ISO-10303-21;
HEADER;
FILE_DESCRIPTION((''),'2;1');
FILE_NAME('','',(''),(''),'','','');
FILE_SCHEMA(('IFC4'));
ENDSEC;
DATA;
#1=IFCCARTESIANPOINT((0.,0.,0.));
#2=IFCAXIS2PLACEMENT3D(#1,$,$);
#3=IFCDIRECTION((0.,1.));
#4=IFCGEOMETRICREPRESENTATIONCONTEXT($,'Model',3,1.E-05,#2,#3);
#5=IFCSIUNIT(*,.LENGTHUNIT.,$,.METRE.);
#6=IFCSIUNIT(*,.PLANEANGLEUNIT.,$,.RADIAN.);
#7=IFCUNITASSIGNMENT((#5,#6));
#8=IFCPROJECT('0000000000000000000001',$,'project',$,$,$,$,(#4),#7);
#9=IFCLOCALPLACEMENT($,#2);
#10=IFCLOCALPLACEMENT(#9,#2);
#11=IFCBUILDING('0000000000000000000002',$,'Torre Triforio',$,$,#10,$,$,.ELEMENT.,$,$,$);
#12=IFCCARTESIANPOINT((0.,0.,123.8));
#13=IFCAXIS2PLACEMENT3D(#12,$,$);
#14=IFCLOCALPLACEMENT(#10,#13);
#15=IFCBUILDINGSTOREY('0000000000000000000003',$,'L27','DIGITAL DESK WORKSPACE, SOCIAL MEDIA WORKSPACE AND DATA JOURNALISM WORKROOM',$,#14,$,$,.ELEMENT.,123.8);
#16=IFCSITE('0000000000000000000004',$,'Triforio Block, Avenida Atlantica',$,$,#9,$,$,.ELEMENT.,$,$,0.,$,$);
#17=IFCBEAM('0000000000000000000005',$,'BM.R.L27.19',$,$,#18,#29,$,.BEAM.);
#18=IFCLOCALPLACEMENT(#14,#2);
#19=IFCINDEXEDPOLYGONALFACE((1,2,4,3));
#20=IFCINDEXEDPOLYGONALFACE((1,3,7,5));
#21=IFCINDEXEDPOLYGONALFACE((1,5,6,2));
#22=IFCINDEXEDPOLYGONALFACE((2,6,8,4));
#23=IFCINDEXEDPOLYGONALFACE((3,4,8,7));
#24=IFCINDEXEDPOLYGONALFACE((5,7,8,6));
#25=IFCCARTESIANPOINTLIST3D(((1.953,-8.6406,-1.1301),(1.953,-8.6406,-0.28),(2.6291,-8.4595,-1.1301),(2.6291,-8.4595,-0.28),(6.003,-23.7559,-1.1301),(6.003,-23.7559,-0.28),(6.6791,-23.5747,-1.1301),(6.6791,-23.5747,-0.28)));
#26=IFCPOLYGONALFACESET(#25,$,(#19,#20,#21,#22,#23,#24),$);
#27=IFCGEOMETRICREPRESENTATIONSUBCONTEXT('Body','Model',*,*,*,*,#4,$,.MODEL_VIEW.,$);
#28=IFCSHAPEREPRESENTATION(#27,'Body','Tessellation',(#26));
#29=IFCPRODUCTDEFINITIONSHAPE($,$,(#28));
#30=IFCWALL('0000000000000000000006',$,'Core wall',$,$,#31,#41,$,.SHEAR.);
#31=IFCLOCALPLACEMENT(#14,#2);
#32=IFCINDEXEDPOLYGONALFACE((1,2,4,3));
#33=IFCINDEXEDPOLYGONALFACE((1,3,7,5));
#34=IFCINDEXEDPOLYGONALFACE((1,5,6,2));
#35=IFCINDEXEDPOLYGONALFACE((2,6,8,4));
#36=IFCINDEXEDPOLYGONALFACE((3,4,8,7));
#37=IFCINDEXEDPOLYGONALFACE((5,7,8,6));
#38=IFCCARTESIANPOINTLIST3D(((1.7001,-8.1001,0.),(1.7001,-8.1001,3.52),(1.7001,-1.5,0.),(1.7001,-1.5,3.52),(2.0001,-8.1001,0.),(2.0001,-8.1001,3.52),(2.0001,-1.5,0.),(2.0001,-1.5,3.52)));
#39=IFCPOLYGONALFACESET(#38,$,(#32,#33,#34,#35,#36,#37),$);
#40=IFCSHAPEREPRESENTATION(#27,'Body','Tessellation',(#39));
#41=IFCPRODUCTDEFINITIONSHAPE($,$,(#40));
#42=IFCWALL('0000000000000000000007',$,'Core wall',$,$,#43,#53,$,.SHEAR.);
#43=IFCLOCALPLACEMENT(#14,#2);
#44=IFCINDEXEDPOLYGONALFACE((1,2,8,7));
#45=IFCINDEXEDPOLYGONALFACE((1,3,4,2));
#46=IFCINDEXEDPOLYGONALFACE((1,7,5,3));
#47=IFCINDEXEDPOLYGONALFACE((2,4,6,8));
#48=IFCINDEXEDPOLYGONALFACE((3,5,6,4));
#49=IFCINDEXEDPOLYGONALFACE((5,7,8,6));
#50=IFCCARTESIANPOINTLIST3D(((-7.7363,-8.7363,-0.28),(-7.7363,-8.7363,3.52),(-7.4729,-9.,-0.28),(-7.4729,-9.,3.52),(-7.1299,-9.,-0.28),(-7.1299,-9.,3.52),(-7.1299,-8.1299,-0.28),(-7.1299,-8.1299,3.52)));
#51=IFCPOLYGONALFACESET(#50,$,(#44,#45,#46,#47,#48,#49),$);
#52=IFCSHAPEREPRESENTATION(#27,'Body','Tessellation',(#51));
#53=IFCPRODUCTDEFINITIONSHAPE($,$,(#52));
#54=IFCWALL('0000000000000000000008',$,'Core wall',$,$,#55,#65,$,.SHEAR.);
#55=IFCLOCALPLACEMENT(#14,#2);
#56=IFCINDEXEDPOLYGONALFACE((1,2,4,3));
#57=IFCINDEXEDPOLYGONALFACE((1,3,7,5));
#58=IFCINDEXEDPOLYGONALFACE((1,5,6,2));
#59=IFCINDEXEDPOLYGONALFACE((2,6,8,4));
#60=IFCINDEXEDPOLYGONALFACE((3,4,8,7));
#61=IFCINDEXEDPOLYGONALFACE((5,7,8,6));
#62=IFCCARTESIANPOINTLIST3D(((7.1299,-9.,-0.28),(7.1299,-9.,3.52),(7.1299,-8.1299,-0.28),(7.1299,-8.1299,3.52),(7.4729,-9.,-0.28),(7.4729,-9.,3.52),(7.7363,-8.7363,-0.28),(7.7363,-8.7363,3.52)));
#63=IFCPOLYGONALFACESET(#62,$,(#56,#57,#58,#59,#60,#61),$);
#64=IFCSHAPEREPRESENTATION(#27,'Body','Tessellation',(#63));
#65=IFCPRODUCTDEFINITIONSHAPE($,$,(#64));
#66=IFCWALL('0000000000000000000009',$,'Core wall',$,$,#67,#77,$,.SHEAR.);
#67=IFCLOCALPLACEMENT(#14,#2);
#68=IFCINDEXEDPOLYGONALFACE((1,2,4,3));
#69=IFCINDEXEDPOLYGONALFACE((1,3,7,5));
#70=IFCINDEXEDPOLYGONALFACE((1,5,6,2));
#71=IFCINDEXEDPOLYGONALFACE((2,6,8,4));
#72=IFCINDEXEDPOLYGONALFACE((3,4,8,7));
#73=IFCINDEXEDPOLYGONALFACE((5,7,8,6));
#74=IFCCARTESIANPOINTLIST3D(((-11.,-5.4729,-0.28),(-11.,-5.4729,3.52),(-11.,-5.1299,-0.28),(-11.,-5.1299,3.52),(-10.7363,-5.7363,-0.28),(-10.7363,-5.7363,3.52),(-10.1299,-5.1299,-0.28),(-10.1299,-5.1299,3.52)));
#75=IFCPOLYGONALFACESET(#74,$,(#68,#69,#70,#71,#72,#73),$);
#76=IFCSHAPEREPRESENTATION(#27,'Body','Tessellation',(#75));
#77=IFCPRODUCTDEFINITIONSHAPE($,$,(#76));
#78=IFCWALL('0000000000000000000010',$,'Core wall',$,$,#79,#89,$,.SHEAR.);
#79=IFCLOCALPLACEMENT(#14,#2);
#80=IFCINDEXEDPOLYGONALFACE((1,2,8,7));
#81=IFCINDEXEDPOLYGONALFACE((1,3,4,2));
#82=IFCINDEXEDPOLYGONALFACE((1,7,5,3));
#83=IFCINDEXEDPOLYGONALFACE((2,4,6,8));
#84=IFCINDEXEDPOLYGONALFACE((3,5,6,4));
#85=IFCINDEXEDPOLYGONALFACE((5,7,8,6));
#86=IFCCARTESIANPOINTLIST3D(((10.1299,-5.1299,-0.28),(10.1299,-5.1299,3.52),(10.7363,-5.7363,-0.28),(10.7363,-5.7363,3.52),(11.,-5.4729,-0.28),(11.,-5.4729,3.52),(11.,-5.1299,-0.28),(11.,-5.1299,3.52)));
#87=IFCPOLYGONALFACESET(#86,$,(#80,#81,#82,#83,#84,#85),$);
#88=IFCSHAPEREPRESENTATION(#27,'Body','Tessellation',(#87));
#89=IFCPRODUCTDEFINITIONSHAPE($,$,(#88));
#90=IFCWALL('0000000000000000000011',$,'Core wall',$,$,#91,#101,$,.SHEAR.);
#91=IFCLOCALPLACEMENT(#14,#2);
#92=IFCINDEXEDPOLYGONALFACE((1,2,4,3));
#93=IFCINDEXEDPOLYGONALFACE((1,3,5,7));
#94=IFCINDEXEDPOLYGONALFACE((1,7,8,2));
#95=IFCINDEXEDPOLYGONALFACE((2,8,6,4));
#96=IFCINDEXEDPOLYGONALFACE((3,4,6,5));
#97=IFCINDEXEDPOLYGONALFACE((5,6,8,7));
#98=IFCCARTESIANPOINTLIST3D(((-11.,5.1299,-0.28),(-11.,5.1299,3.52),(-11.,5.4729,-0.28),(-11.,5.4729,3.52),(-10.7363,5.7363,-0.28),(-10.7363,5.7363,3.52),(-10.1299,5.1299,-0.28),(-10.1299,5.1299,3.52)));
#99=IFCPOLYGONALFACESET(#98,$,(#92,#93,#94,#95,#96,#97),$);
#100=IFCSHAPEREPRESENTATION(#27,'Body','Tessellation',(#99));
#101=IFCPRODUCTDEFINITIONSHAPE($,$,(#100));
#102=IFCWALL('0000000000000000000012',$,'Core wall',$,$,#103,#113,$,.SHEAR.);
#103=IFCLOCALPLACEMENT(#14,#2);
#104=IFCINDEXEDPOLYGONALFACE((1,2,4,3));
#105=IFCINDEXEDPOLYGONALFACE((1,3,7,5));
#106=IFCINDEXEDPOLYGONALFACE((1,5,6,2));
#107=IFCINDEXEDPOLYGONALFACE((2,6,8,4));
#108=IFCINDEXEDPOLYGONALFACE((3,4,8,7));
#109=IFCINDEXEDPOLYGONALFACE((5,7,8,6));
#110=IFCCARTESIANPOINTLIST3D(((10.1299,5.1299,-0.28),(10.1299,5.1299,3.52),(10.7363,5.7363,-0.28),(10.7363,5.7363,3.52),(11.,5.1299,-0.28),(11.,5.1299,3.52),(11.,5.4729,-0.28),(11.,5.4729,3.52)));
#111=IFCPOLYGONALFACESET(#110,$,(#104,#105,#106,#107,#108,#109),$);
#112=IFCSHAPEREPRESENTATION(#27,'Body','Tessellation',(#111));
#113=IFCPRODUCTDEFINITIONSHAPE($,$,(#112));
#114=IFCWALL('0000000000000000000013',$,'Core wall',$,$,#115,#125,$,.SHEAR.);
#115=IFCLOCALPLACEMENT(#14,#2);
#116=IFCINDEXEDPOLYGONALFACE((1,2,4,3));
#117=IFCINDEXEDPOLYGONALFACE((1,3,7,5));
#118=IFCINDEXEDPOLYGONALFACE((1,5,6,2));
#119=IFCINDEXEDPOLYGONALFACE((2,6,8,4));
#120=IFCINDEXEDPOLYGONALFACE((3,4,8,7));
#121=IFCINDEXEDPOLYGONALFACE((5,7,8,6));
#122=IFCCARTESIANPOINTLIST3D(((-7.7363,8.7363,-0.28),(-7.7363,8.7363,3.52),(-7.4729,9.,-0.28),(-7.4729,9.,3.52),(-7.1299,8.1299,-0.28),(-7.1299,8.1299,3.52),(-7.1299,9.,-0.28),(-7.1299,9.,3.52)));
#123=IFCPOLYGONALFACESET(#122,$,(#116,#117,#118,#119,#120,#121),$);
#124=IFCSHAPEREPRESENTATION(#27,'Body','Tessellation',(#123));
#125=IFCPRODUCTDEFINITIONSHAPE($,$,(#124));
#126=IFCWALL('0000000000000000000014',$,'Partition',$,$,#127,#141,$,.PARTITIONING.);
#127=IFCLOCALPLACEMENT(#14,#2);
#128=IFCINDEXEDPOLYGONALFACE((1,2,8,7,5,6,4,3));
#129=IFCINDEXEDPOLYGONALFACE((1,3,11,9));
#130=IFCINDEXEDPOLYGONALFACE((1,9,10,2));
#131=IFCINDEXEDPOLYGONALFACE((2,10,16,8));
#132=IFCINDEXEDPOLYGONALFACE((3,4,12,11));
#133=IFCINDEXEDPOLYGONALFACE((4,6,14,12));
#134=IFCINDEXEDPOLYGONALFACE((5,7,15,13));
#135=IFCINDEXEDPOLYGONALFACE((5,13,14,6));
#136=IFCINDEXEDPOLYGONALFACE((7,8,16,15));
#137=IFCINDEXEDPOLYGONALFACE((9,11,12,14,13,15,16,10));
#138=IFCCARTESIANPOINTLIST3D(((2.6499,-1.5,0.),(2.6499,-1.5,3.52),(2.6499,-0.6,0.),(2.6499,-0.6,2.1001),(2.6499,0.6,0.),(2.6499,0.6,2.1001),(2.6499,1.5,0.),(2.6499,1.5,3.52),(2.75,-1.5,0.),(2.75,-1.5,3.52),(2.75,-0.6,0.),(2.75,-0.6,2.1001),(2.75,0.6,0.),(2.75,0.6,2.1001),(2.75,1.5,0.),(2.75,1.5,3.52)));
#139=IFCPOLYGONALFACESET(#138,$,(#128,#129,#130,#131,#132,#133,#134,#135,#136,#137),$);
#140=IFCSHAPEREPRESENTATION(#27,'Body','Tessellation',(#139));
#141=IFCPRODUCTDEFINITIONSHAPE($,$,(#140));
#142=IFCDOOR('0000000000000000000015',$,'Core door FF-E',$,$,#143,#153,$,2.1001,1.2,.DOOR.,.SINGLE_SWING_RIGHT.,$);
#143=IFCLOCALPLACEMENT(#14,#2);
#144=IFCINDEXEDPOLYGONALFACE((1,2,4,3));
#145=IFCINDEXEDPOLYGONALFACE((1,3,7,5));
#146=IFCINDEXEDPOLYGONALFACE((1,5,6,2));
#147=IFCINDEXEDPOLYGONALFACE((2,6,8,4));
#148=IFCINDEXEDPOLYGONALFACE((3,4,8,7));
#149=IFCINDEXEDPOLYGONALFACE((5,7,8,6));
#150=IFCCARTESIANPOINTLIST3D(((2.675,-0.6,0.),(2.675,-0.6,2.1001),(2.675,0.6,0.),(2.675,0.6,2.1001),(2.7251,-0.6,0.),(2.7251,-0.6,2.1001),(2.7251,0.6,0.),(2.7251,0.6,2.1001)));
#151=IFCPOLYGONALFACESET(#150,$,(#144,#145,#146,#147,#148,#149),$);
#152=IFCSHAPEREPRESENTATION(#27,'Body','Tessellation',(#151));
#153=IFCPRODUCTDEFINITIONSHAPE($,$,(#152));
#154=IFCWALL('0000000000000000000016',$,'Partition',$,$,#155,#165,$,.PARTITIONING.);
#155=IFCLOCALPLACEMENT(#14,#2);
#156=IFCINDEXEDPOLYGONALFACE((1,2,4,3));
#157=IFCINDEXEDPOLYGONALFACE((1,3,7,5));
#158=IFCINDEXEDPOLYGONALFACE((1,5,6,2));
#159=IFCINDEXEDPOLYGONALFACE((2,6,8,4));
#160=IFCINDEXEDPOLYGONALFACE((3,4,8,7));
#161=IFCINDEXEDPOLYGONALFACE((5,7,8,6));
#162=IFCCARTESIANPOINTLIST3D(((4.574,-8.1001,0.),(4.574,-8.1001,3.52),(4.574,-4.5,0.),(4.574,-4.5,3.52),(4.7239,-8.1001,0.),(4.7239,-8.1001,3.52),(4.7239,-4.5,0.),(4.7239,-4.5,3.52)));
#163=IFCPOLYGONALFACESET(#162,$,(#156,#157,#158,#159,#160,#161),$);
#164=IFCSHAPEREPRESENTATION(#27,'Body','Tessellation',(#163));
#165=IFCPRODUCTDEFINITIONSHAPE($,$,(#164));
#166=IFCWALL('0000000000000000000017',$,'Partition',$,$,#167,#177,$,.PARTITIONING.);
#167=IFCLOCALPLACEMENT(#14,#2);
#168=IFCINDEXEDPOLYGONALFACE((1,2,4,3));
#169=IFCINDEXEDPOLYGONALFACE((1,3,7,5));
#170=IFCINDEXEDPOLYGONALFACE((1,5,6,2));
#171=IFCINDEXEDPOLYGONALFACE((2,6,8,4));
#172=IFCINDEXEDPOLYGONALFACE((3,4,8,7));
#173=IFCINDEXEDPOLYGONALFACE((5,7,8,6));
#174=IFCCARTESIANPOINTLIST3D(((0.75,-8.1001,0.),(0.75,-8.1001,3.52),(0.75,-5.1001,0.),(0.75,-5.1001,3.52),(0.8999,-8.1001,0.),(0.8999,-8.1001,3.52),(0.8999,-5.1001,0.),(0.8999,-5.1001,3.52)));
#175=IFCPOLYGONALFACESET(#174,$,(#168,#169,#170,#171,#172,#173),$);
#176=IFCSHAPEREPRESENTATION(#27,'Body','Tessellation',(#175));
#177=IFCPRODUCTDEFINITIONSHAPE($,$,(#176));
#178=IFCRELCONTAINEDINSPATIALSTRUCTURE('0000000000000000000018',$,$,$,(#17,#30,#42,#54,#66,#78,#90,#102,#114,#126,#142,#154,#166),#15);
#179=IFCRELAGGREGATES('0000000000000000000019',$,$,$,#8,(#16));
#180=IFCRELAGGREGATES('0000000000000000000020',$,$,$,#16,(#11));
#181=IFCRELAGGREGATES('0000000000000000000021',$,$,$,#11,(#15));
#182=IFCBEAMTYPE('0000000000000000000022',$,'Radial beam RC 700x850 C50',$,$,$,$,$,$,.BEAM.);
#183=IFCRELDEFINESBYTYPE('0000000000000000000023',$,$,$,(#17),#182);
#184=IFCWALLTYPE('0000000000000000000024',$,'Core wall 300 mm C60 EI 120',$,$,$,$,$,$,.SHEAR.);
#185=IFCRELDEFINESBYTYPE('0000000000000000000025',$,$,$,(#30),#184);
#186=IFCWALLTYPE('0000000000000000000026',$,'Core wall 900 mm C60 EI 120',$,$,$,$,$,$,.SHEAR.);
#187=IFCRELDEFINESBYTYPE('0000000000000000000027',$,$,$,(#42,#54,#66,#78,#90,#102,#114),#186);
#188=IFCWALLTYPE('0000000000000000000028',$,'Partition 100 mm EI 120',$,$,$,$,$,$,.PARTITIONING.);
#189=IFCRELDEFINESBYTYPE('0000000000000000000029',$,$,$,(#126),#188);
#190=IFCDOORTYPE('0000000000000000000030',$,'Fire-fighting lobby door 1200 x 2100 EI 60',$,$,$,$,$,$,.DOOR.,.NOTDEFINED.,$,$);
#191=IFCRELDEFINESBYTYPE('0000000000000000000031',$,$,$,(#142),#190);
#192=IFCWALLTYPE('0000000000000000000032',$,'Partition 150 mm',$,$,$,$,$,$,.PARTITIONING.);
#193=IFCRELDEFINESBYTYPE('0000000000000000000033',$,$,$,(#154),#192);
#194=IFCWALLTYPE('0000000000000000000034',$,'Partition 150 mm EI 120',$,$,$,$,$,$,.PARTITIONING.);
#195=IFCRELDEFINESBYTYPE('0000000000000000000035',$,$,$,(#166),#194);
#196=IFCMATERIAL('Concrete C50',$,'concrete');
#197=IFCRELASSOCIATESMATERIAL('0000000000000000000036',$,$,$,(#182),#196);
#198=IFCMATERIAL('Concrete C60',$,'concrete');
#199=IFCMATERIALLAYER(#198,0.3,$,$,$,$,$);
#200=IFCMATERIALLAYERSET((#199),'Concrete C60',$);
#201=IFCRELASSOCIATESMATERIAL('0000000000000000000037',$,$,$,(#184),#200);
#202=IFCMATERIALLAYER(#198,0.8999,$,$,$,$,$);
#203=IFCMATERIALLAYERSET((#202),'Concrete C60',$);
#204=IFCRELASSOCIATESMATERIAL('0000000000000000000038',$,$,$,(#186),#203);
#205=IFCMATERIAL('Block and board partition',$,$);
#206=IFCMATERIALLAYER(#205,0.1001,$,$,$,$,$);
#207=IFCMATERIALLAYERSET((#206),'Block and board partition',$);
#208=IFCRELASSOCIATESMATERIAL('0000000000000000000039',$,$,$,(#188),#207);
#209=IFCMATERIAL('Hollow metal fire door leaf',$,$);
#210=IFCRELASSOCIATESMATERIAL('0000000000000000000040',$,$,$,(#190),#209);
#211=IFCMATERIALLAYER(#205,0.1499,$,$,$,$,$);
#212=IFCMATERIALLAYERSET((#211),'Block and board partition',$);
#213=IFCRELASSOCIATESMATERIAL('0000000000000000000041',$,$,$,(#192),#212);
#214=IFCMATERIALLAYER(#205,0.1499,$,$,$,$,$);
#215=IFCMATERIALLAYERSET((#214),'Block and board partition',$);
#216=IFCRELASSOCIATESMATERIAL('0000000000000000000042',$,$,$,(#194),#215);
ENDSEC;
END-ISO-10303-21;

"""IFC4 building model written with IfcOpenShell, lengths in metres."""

from ifc_helpers import new_model, si_unit, direction, frame, frame_2d, origin, origin_2d, place, context, subcontext, project, spatial, polyline, rectangle, outline, extrude, material, layer, layer_set, material_profile, profile_set, type_object, element, fill, save


model = new_model("IFC4")

# Units and contexts
model_context = context("Model", 3, precision=1e-05, world=origin(), true_north=direction((0.0, 1.0)))
body_context = subcontext(model_context, "Body", "Model", "MODEL_VIEW")
ifc_project = project(units=[si_unit("LENGTHUNIT", "METRE"), si_unit("PLANEANGLEUNIT", "RADIAN")], contexts=[model_context])

# Site, building, storey
site_placement = place(None, origin())
site = spatial("IfcSite", under=ifc_project, at=site_placement, Name="Triforio Block, Avenida Atlantica", CompositionType="ELEMENT", RefElevation=0.0)
building_placement = place(site_placement, origin())
building = spatial("IfcBuilding", under=site, at=building_placement, Name="Torre Triforio", CompositionType="ELEMENT")
storey_placement = place(building_placement, frame((0.0, 0.0, 123.8)))
storey = spatial("IfcBuildingStorey", under=building, at=storey_placement, Name="L27", Description="DIGITAL DESK WORKSPACE, SOCIAL MEDIA WORKSPACE AND DATA JOURNALISM WORKROOM", CompositionType="ELEMENT", Elevation=123.8)

# Beam
ifc_material_1 = material(Name="Concrete C50", Category="concrete")
ifc_material_profile = material_profile(ifc_material_1, rectangle(XDim=0.7, YDim=0.8501, at=origin_2d()), Name="RC 700x850")
ifc_profile_set = profile_set([ifc_material_profile], Name="Concrete C50")
beam_type = type_object("IfcBeamType", Name="Radial beam RC 700x850 C50", PredefinedType="BEAM", material=ifc_profile_set)
beam_placement = place(storey_placement, frame((2.291, -8.55, -0.7051), z_axis=(0.258815, -0.965927, 0.0), x_axis=(0.965927, 0.258815, 0.0)))
element("IfcBeam", 1, at=beam_placement, inside=storey, type_object=beam_type, Name="BM.R.L27.19", PredefinedType="BEAM", context=body_context, shape_type="SweptSolid", body=[
    extrude(rectangle(XDim=0.7, YDim=0.8501, at=origin_2d()), origin(), (0.0, 0.0, 1.0), 15.6484),
])

# Walls
ifc_material_2 = material(Name="Concrete C60", Category="concrete")
ifc_layer_1 = layer(ifc_material_2, 0.3)
ifc_layer_set_1 = layer_set([ifc_layer_1], Name="Concrete C60")
wall_type_1 = type_object("IfcWallType", Name="Core wall 300 mm C60 EI 120", PredefinedType="SHEAR", material=ifc_layer_set_1)
wall_1_placement = place(storey_placement, frame((1.8501, -8.1001, 0.0), z_axis=(0.0, 0.0, 1.0), x_axis=(0.0, 1.0, 0.0)))
element("IfcWall", 2, at=wall_1_placement, inside=storey, type_object=wall_type_1, Name="Core wall", PredefinedType="SHEAR", context=body_context, shape_type="SweptSolid", body=[
    extrude(rectangle(XDim=6.6001, YDim=0.3, at=frame_2d((3.3, 0.0))), origin(), (0.0, 0.0, 1.0), 3.52),
])
ifc_layer_2 = layer(ifc_material_2, 0.8999)
ifc_layer_set_2 = layer_set([ifc_layer_2], Name="Concrete C60")
wall_type_2 = type_object("IfcWallType", Name="Core wall 900 mm C60 EI 120", PredefinedType="SHEAR", material=ifc_layer_set_2)
wall_2_placement = place(storey_placement, frame((0.0, 0.0, -0.28)))
element("IfcWall", 3, at=wall_2_placement, inside=storey, type_object=wall_type_2, Name="Core wall", PredefinedType="SHEAR", context=body_context, shape_type="SweptSolid", body=[
    extrude(outline(polyline([(-7.4729, -9.0), (-7.7363, -8.7363), (-7.1299, -8.1299), (-7.1299, -9.0), (-7.4729, -9.0)])), origin(), (0.0, 0.0, 1.0), 3.8),
])
wall_3_placement = place(storey_placement, frame((0.0, 0.0, -0.28)))
element("IfcWall", 4, at=wall_3_placement, inside=storey, type_object=wall_type_2, Name="Core wall", PredefinedType="SHEAR", context=body_context, shape_type="SweptSolid", body=[
    extrude(outline(polyline([(7.4729, -9.0), (7.1299, -9.0), (7.1299, -8.1299), (7.7363, -8.7363), (7.4729, -9.0)])), origin(), (0.0, 0.0, 1.0), 3.8),
])
wall_4_placement = place(storey_placement, frame((0.0, 0.0, -0.28)))
element("IfcWall", 5, at=wall_4_placement, inside=storey, type_object=wall_type_2, Name="Core wall", PredefinedType="SHEAR", context=body_context, shape_type="SweptSolid", body=[
    extrude(outline(polyline([(-11.0, -5.4729), (-11.0, -5.1299), (-10.1299, -5.1299), (-10.7363, -5.7363), (-11.0, -5.4729)])), origin(), (0.0, 0.0, 1.0), 3.8),
])
wall_5_placement = place(storey_placement, frame((0.0, 0.0, -0.28)))
element("IfcWall", 6, at=wall_5_placement, inside=storey, type_object=wall_type_2, Name="Core wall", PredefinedType="SHEAR", context=body_context, shape_type="SweptSolid", body=[
    extrude(outline(polyline([(11.0, -5.4729), (10.7363, -5.7363), (10.1299, -5.1299), (11.0, -5.1299), (11.0, -5.4729)])), origin(), (0.0, 0.0, 1.0), 3.8),
])
wall_6_placement = place(storey_placement, frame((0.0, 0.0, -0.28)))
element("IfcWall", 7, at=wall_6_placement, inside=storey, type_object=wall_type_2, Name="Core wall", PredefinedType="SHEAR", context=body_context, shape_type="SweptSolid", body=[
    extrude(outline(polyline([(-10.7363, 5.7363), (-10.1299, 5.1299), (-11.0, 5.1299), (-11.0, 5.4729), (-10.7363, 5.7363)])), origin(), (0.0, 0.0, 1.0), 3.8),
])
wall_7_placement = place(storey_placement, frame((0.0, 0.0, -0.28)))
element("IfcWall", 8, at=wall_7_placement, inside=storey, type_object=wall_type_2, Name="Core wall", PredefinedType="SHEAR", context=body_context, shape_type="SweptSolid", body=[
    extrude(outline(polyline([(11.0, 5.4729), (11.0, 5.1299), (10.1299, 5.1299), (10.7363, 5.7363), (11.0, 5.4729)])), origin(), (0.0, 0.0, 1.0), 3.8),
])
wall_8_placement = place(storey_placement, frame((0.0, 0.0, -0.28)))
element("IfcWall", 9, at=wall_8_placement, inside=storey, type_object=wall_type_2, Name="Core wall", PredefinedType="SHEAR", context=body_context, shape_type="SweptSolid", body=[
    extrude(outline(polyline([(-7.4729, 9.0), (-7.1299, 9.0), (-7.1299, 8.1299), (-7.7363, 8.7363), (-7.4729, 9.0)])), origin(), (0.0, 0.0, 1.0), 3.8),
])

# Wall, opening, door
ifc_material_3 = material(Name="Block and board partition")
ifc_layer_3 = layer(ifc_material_3, 0.1001)
ifc_layer_set_3 = layer_set([ifc_layer_3], Name="Block and board partition")
wall_type_3 = type_object("IfcWallType", Name="Partition 100 mm EI 120", PredefinedType="PARTITIONING", material=ifc_layer_set_3)
wall_9_placement = place(storey_placement, frame((2.7, -1.5, 0.0), z_axis=(0.0, 0.0, 1.0), x_axis=(0.0, 1.0, 0.0)))
wall_9 = element("IfcWall", 10, at=wall_9_placement, inside=storey, type_object=wall_type_3, Name="Partition", PredefinedType="PARTITIONING", context=body_context, shape_type="SweptSolid", body=[
    extrude(rectangle(XDim=3.0, YDim=0.1001, at=frame_2d((1.5, 0.0))), origin(), (0.0, 0.0, 1.0), 3.52),
])
opening_placement = place(wall_9_placement, frame((0.8999, 0.0, 0.0)))
opening = element("IfcOpeningElement", 11, at=opening_placement, cuts=wall_9, PredefinedType="OPENING", context=body_context, shape_type="SweptSolid", body=[
    extrude(rectangle(XDim=1.2, YDim=2.1001, at=frame_2d((0.6001, 1.05))), frame((0.0, 0.0601, 0.0), z_axis=(0.0, -1.0, 0.0), x_axis=(1.0, 0.0, 0.0)), (0.0, 0.0, 1.0), 0.1201),
])
ifc_material_4 = material(Name="Hollow metal fire door leaf")
door_type = type_object("IfcDoorType", Name="Fire-fighting lobby door 1200 x 2100 EI 60", OperationType="NOTDEFINED", PredefinedType="DOOR", material=ifc_material_4)
door_placement = place(opening_placement, origin())
door = element("IfcDoor", 12, at=door_placement, inside=storey, type_object=door_type, Name="Core door FF-E", OperationType="SINGLE_SWING_RIGHT", OverallHeight=2.1001, OverallWidth=1.2, PredefinedType="DOOR", context=body_context, shape_type="SweptSolid", body=[
    extrude(rectangle(XDim=1.2, YDim=2.1001, at=frame_2d((0.6001, 1.05))), frame((0.0, 0.0249, 0.0), z_axis=(0.0, -1.0, 0.0), x_axis=(1.0, 0.0, 0.0)), (0.0, 0.0, 1.0), 0.05),
])
fill(opening, door)

# Walls
ifc_layer_4 = layer(ifc_material_3, 0.1499)
ifc_layer_set_4 = layer_set([ifc_layer_4], Name="Block and board partition")
wall_type_4 = type_object("IfcWallType", Name="Partition 150 mm", PredefinedType="PARTITIONING", material=ifc_layer_set_4)
wall_10_placement = place(storey_placement, frame((4.6489, -8.1001, 0.0), z_axis=(0.0, 0.0, 1.0), x_axis=(0.0, 1.0, 0.0)))
element("IfcWall", 13, at=wall_10_placement, inside=storey, type_object=wall_type_4, Name="Partition", PredefinedType="PARTITIONING", context=body_context, shape_type="SweptSolid", body=[
    extrude(rectangle(XDim=3.6001, YDim=0.1499, at=frame_2d((1.8, 0.0))), origin(), (0.0, 0.0, 1.0), 3.52),
])
ifc_layer_5 = layer(ifc_material_3, 0.1499)
ifc_layer_set_5 = layer_set([ifc_layer_5], Name="Block and board partition")
wall_type_5 = type_object("IfcWallType", Name="Partition 150 mm EI 120", PredefinedType="PARTITIONING", material=ifc_layer_set_5)
wall_11_placement = place(storey_placement, frame((0.825, -8.1001, 0.0), z_axis=(0.0, 0.0, 1.0), x_axis=(0.0, 1.0, 0.0)))
element("IfcWall", 14, at=wall_11_placement, inside=storey, type_object=wall_type_5, Name="Partition", PredefinedType="PARTITIONING", context=body_context, shape_type="SweptSolid", body=[
    extrude(rectangle(XDim=3.0, YDim=0.1499, at=frame_2d((1.5, 0.0))), origin(), (0.0, 0.0, 1.0), 3.52),
])

save(model, "model.ifc")
